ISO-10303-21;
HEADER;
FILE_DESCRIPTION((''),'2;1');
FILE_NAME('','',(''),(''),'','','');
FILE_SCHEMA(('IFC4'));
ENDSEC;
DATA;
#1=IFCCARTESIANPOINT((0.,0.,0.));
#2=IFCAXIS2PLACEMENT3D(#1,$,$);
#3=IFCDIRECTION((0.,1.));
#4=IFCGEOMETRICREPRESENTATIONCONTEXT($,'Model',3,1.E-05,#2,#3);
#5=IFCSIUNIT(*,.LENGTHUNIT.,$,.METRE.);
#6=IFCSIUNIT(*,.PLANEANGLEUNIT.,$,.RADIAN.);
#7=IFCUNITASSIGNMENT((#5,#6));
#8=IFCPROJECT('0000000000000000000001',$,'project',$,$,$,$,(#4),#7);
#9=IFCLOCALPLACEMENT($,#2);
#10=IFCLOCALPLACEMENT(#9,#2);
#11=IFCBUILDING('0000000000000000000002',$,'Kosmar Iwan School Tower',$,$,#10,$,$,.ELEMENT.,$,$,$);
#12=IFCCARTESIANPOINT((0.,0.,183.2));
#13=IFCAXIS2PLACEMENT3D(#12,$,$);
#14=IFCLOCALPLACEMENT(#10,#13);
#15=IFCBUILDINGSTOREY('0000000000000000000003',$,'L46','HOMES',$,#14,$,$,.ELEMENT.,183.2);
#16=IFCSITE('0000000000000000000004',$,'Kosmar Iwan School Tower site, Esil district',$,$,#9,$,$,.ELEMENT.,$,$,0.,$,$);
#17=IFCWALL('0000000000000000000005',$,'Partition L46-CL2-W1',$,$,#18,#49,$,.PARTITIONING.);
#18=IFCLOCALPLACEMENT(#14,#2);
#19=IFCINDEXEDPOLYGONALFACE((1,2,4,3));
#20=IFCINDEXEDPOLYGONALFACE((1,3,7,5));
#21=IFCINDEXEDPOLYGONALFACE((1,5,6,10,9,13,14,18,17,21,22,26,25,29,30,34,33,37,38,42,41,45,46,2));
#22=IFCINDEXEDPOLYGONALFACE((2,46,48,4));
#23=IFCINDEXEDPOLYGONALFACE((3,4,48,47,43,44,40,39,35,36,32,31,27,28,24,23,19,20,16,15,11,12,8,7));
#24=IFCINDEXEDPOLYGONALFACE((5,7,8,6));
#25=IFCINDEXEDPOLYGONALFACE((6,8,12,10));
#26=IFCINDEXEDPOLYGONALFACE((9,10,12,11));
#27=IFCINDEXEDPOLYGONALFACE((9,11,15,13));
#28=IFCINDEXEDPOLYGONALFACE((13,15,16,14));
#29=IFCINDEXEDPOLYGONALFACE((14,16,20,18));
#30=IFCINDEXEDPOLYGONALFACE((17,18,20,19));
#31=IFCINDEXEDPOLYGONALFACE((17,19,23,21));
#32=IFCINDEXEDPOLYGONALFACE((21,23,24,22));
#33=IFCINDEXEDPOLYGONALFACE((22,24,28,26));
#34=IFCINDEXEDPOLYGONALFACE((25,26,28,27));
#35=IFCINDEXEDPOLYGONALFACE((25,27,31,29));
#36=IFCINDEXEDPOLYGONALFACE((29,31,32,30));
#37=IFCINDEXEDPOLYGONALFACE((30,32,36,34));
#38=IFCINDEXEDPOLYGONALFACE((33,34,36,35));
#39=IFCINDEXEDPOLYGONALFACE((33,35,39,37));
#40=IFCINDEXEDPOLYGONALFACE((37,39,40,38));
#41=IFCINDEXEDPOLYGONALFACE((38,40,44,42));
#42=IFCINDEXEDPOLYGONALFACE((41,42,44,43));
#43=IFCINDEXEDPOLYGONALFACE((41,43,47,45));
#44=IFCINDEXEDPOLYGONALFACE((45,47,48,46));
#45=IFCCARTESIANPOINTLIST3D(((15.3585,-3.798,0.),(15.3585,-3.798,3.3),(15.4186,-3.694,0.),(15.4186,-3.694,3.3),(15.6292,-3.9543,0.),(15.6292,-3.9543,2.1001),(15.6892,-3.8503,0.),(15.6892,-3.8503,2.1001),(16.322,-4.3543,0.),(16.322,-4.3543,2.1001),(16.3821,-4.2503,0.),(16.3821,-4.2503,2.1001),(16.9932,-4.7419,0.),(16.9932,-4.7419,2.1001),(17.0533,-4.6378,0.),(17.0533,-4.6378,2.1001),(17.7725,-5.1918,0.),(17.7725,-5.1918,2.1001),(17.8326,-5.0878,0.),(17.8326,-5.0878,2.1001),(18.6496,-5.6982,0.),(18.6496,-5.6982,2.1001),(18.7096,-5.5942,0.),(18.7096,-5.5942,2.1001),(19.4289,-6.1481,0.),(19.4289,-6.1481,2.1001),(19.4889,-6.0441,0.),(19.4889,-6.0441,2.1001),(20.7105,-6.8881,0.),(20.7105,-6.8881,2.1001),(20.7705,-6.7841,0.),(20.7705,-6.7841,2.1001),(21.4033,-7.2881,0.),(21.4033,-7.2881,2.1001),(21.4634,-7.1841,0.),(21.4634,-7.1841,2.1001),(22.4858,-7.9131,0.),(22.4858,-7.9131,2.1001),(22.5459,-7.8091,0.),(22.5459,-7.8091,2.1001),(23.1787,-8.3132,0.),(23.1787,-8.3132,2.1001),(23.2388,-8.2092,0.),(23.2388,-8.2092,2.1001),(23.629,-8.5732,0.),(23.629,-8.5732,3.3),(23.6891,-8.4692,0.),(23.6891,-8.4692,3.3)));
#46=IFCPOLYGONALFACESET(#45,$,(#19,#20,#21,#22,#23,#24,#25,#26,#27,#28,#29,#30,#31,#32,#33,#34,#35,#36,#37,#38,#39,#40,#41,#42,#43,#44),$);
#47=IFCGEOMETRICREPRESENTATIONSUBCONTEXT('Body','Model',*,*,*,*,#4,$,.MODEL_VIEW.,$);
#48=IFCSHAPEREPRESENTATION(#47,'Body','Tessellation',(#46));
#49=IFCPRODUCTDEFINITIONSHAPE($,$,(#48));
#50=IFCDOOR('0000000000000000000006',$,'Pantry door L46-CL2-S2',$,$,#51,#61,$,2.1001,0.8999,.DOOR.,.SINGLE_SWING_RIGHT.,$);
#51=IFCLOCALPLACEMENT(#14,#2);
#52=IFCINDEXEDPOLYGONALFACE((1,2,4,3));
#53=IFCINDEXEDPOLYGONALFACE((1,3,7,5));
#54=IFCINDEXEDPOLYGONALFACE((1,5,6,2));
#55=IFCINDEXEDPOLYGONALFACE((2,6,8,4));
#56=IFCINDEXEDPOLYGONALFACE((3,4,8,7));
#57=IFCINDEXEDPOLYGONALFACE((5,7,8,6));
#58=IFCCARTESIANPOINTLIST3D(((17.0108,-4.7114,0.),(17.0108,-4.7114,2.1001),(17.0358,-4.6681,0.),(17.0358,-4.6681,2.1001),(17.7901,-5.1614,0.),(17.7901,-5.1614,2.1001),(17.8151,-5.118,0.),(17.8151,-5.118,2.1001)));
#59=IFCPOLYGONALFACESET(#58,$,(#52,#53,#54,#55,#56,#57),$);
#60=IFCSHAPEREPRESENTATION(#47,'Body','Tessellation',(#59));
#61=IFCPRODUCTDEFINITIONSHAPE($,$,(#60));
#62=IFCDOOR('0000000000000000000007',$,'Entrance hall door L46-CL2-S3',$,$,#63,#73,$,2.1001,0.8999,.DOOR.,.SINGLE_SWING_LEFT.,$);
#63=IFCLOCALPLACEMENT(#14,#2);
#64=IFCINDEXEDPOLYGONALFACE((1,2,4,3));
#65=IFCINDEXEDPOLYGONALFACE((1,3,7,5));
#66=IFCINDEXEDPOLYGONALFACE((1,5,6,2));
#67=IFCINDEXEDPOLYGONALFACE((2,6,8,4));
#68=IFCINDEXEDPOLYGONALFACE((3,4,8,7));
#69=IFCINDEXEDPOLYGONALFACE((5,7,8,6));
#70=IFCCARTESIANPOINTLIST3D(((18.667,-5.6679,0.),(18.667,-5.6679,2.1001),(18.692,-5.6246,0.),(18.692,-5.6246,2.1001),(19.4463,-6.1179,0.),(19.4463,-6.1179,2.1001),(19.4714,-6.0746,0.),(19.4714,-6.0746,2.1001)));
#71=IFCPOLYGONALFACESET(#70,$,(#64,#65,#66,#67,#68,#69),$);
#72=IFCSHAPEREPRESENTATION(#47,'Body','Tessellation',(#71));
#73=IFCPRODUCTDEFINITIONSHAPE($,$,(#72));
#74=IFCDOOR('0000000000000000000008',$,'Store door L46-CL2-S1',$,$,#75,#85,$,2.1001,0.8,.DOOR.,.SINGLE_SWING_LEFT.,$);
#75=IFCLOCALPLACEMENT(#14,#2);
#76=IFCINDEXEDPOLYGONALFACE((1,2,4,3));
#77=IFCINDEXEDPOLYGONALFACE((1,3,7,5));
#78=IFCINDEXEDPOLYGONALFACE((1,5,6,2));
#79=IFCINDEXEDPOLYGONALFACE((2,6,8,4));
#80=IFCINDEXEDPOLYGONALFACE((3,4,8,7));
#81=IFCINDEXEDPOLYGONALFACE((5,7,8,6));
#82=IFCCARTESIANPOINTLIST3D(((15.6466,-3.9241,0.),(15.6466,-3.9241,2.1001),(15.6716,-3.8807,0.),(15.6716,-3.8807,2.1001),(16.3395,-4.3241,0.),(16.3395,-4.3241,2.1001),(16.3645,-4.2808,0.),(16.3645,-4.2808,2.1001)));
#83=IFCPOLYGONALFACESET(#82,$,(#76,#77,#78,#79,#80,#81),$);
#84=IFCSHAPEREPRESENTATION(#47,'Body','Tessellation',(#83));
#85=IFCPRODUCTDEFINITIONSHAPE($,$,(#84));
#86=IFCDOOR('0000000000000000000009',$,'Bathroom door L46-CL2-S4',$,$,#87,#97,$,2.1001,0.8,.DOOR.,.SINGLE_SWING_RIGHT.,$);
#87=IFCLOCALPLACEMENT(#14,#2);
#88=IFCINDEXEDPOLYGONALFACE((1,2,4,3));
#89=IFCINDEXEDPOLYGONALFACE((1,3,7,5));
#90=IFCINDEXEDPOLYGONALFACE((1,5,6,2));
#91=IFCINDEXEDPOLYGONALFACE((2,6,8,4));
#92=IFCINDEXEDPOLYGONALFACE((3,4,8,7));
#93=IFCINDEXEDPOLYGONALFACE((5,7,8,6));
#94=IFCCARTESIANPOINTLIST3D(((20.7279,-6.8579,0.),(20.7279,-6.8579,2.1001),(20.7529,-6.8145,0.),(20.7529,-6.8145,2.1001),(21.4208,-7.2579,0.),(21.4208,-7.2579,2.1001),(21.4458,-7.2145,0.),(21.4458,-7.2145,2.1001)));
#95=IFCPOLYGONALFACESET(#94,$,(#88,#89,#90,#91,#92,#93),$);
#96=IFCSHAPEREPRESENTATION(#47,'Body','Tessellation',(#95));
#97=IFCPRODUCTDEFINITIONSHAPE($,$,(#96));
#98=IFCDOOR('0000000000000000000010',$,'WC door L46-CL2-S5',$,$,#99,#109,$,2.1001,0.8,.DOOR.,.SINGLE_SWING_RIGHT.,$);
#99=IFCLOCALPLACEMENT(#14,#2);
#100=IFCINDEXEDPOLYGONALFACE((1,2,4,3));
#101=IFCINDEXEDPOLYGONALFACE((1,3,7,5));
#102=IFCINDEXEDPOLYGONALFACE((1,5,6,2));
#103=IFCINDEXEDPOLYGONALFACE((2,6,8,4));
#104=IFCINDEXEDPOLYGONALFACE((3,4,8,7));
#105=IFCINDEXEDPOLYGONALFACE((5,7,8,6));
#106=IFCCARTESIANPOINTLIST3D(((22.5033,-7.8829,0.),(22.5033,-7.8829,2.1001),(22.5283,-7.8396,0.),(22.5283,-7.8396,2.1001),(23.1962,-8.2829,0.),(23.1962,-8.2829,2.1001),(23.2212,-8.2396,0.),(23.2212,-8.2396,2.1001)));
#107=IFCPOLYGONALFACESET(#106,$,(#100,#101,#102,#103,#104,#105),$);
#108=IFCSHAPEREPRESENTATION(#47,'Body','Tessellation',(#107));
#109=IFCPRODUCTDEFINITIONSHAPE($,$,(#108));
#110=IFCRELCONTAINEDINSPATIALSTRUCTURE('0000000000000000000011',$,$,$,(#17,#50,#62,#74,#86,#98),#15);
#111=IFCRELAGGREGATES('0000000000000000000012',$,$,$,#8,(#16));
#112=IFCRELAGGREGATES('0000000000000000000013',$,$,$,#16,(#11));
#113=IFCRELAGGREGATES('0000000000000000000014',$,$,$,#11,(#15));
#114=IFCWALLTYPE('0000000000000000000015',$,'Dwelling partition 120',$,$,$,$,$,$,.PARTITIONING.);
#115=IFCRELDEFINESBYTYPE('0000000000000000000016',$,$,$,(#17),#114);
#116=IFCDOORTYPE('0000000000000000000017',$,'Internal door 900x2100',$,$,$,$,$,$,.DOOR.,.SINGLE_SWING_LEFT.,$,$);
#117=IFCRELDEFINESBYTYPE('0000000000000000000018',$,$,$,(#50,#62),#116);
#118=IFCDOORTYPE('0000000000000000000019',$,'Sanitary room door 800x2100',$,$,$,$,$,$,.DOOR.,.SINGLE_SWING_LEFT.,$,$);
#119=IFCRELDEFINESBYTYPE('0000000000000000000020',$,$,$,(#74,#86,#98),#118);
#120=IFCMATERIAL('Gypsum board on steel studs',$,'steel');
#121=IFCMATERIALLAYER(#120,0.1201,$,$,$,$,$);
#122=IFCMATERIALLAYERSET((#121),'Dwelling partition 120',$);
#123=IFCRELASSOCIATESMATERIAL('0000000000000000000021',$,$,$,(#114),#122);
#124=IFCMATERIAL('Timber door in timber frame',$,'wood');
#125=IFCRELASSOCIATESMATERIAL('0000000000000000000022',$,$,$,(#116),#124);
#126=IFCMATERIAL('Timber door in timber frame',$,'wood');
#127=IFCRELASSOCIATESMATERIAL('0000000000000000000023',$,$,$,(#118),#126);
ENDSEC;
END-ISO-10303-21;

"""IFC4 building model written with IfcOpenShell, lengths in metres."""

from ifc_helpers import new_model, si_unit, direction, frame, frame_2d, origin, place, context, subcontext, project, spatial, rectangle, extrude, material, layer, layer_set, type_object, element, fill, save


model = new_model("IFC4")

# Units and contexts
model_context = context("Model", 3, precision=1e-05, world=origin(), true_north=direction((0.0, 1.0)))
body_context = subcontext(model_context, "Body", "Model", "MODEL_VIEW")
ifc_project = project(units=[si_unit("LENGTHUNIT", "METRE"), si_unit("PLANEANGLEUNIT", "RADIAN")], contexts=[model_context])

# Site, building, storey
site_placement = place(None, origin())
site = spatial("IfcSite", under=ifc_project, at=site_placement, Name="Kosmar Iwan School Tower site, Esil district", CompositionType="ELEMENT", RefElevation=0.0)
building_placement = place(site_placement, origin())
building = spatial("IfcBuilding", under=site, at=building_placement, Name="Kosmar Iwan School Tower", CompositionType="ELEMENT")
storey_placement = place(building_placement, frame((0.0, 0.0, 183.2)))
storey = spatial("IfcBuildingStorey", under=building, at=storey_placement, Name="L46", Description="HOMES", CompositionType="ELEMENT", Elevation=183.2)

# Shared definitions
ifc_material_1 = material(Name="Gypsum board on steel studs", Category="steel")
ifc_layer_1 = layer(ifc_material_1, 0.1201)
ifc_layer_set_1 = layer_set([ifc_layer_1], Name="Dwelling partition 120")
wall_type_1 = type_object("IfcWallType", Name="Dwelling partition 120", PredefinedType="PARTITIONING", material=ifc_layer_set_1)
ifc_material_2 = material(Name="Timber door in timber frame", Category="wood")
door_type_1 = type_object("IfcDoorType", Name="Internal door 900x2100", OperationType="SINGLE_SWING_LEFT", PredefinedType="DOOR", material=ifc_material_2)
ifc_material_3 = material(Name="Timber door in timber frame", Category="wood")
door_type_2 = type_object("IfcDoorType", Name="Sanitary room door 800x2100", OperationType="SINGLE_SWING_LEFT", PredefinedType="DOOR", material=ifc_material_3)

# Wall, openings, doors
wall_1_placement = place(storey_placement, frame((15.3887, -3.7461, 0.0), z_axis=(0.0, 0.0, 1.0), x_axis=(0.866018, -0.500013, 0.0)))
wall_1 = element("IfcWall", 1, at=wall_1_placement, inside=storey, type_object=wall_type_1, Name="Partition L46-CL2-W1", PredefinedType="PARTITIONING", context=body_context, shape_type="SweptSolid", body=[
    extrude(rectangle(XDim=9.55, YDim=0.1201, at=frame_2d((4.7749, 0.0))), origin(), (0.0, 0.0, 1.0), 3.3),
])
opening_1_placement = place(wall_1_placement, frame((0.3125, 0.0, 0.0)))
opening_1 = element("IfcOpeningElement", 2, at=opening_1_placement, cuts=wall_1, PredefinedType="OPENING", context=body_context, shape_type="SweptSolid", body=[
    extrude(rectangle(XDim=0.8, YDim=2.1001, at=frame_2d((0.3999, 1.05))), frame((0.0, 0.072, 0.0), z_axis=(0.0, -1.0, 0.0), x_axis=(1.0, 0.0, 0.0)), (0.0, 0.0, 1.0), 0.144),
])
opening_2_placement = place(wall_1_placement, frame((1.8875, 0.0, 0.0)))
opening_2 = element("IfcOpeningElement", 3, at=opening_2_placement, cuts=wall_1, PredefinedType="OPENING", context=body_context, shape_type="SweptSolid", body=[
    extrude(rectangle(XDim=0.8999, YDim=2.1001, at=frame_2d((0.45, 1.05))), frame((0.0, 0.072, 0.0), z_axis=(0.0, -1.0, 0.0), x_axis=(1.0, 0.0, 0.0)), (0.0, 0.0, 1.0), 0.144),
])
opening_3_placement = place(wall_1_placement, frame((3.8, 0.0, 0.0)))
opening_3 = element("IfcOpeningElement", 4, at=opening_3_placement, cuts=wall_1, PredefinedType="OPENING", context=body_context, shape_type="SweptSolid", body=[
    extrude(rectangle(XDim=0.8999, YDim=2.1001, at=frame_2d((0.45, 1.05))), frame((0.0, 0.072, 0.0), z_axis=(0.0, -1.0, 0.0), x_axis=(1.0, 0.0, 0.0)), (0.0, 0.0, 1.0), 0.144),
])
opening_4_placement = place(wall_1_placement, frame((6.1799, 0.0, 0.0)))
opening_4 = element("IfcOpeningElement", 5, at=opening_4_placement, cuts=wall_1, PredefinedType="OPENING", context=body_context, shape_type="SweptSolid", body=[
    extrude(rectangle(XDim=0.8, YDim=2.1001, at=frame_2d((0.3999, 1.05))), frame((0.0, 0.072, 0.0), z_axis=(0.0, -1.0, 0.0), x_axis=(1.0, 0.0, 0.0)), (0.0, 0.0, 1.0), 0.144),
])
opening_5_placement = place(wall_1_placement, frame((8.23, 0.0, 0.0)))
opening_5 = element("IfcOpeningElement", 6, at=opening_5_placement, cuts=wall_1, PredefinedType="OPENING", context=body_context, shape_type="SweptSolid", body=[
    extrude(rectangle(XDim=0.8, YDim=2.1001, at=frame_2d((0.3999, 1.05))), frame((0.0, 0.072, 0.0), z_axis=(0.0, -1.0, 0.0), x_axis=(1.0, 0.0, 0.0)), (0.0, 0.0, 1.0), 0.144),
])
door_1_placement = place(opening_2_placement, frame((0.8999, 0.0, 0.0), z_axis=(0.0, 0.0, 1.0), x_axis=(-1.0, 0.0, 0.0)))
door_1 = element("IfcDoor", 7, at=door_1_placement, inside=storey, type_object=door_type_1, Name="Pantry door L46-CL2-S2", OperationType="SINGLE_SWING_RIGHT", OverallHeight=2.1001, OverallWidth=0.8999, PredefinedType="DOOR", context=body_context, shape_type="SweptSolid", body=[
    extrude(rectangle(XDim=0.8999, YDim=2.1001, at=frame_2d((0.45, 1.05))), frame((0.0, 0.0249, 0.0), z_axis=(0.0, -1.0, 0.0), x_axis=(1.0, 0.0, 0.0)), (0.0, 0.0, 1.0), 0.05),
])
fill(opening_2, door_1)
door_2_placement = place(opening_3_placement, origin())
door_2 = element("IfcDoor", 8, at=door_2_placement, inside=storey, type_object=door_type_1, Name="Entrance hall door L46-CL2-S3", OperationType="SINGLE_SWING_LEFT", OverallHeight=2.1001, OverallWidth=0.8999, PredefinedType="DOOR", context=body_context, shape_type="SweptSolid", body=[
    extrude(rectangle(XDim=0.8999, YDim=2.1001, at=frame_2d((0.45, 1.05))), frame((0.0, 0.0249, 0.0), z_axis=(0.0, -1.0, 0.0), x_axis=(1.0, 0.0, 0.0)), (0.0, 0.0, 1.0), 0.05),
])
fill(opening_3, door_2)
door_3_placement = place(opening_1_placement, origin())
door_3 = element("IfcDoor", 9, at=door_3_placement, inside=storey, type_object=door_type_2, Name="Store door L46-CL2-S1", OperationType="SINGLE_SWING_LEFT", OverallHeight=2.1001, OverallWidth=0.8, PredefinedType="DOOR", context=body_context, shape_type="SweptSolid", body=[
    extrude(rectangle(XDim=0.8, YDim=2.1001, at=frame_2d((0.3999, 1.05))), frame((0.0, 0.0249, 0.0), z_axis=(0.0, -1.0, 0.0), x_axis=(1.0, 0.0, 0.0)), (0.0, 0.0, 1.0), 0.05),
])
fill(opening_1, door_3)
door_4_placement = place(opening_4_placement, origin())
door_4 = element("IfcDoor", 10, at=door_4_placement, inside=storey, type_object=door_type_2, Name="Bathroom door L46-CL2-S4", OperationType="SINGLE_SWING_RIGHT", OverallHeight=2.1001, OverallWidth=0.8, PredefinedType="DOOR", context=body_context, shape_type="SweptSolid", body=[
    extrude(rectangle(XDim=0.8, YDim=2.1001, at=frame_2d((0.3999, 1.05))), frame((0.0, 0.0249, 0.0), z_axis=(0.0, -1.0, 0.0), x_axis=(1.0, 0.0, 0.0)), (0.0, 0.0, 1.0), 0.05),
])
fill(opening_4, door_4)
door_5_placement = place(opening_5_placement, origin())
door_5 = element("IfcDoor", 11, at=door_5_placement, inside=storey, type_object=door_type_2, Name="WC door L46-CL2-S5", OperationType="SINGLE_SWING_RIGHT", OverallHeight=2.1001, OverallWidth=0.8, PredefinedType="DOOR", context=body_context, shape_type="SweptSolid", body=[
    extrude(rectangle(XDim=0.8, YDim=2.1001, at=frame_2d((0.3999, 1.05))), frame((0.0, 0.0249, 0.0), z_axis=(0.0, -1.0, 0.0), x_axis=(1.0, 0.0, 0.0)), (0.0, 0.0, 1.0), 0.05),
])
fill(opening_5, door_5)

save(model, "model.ifc")
